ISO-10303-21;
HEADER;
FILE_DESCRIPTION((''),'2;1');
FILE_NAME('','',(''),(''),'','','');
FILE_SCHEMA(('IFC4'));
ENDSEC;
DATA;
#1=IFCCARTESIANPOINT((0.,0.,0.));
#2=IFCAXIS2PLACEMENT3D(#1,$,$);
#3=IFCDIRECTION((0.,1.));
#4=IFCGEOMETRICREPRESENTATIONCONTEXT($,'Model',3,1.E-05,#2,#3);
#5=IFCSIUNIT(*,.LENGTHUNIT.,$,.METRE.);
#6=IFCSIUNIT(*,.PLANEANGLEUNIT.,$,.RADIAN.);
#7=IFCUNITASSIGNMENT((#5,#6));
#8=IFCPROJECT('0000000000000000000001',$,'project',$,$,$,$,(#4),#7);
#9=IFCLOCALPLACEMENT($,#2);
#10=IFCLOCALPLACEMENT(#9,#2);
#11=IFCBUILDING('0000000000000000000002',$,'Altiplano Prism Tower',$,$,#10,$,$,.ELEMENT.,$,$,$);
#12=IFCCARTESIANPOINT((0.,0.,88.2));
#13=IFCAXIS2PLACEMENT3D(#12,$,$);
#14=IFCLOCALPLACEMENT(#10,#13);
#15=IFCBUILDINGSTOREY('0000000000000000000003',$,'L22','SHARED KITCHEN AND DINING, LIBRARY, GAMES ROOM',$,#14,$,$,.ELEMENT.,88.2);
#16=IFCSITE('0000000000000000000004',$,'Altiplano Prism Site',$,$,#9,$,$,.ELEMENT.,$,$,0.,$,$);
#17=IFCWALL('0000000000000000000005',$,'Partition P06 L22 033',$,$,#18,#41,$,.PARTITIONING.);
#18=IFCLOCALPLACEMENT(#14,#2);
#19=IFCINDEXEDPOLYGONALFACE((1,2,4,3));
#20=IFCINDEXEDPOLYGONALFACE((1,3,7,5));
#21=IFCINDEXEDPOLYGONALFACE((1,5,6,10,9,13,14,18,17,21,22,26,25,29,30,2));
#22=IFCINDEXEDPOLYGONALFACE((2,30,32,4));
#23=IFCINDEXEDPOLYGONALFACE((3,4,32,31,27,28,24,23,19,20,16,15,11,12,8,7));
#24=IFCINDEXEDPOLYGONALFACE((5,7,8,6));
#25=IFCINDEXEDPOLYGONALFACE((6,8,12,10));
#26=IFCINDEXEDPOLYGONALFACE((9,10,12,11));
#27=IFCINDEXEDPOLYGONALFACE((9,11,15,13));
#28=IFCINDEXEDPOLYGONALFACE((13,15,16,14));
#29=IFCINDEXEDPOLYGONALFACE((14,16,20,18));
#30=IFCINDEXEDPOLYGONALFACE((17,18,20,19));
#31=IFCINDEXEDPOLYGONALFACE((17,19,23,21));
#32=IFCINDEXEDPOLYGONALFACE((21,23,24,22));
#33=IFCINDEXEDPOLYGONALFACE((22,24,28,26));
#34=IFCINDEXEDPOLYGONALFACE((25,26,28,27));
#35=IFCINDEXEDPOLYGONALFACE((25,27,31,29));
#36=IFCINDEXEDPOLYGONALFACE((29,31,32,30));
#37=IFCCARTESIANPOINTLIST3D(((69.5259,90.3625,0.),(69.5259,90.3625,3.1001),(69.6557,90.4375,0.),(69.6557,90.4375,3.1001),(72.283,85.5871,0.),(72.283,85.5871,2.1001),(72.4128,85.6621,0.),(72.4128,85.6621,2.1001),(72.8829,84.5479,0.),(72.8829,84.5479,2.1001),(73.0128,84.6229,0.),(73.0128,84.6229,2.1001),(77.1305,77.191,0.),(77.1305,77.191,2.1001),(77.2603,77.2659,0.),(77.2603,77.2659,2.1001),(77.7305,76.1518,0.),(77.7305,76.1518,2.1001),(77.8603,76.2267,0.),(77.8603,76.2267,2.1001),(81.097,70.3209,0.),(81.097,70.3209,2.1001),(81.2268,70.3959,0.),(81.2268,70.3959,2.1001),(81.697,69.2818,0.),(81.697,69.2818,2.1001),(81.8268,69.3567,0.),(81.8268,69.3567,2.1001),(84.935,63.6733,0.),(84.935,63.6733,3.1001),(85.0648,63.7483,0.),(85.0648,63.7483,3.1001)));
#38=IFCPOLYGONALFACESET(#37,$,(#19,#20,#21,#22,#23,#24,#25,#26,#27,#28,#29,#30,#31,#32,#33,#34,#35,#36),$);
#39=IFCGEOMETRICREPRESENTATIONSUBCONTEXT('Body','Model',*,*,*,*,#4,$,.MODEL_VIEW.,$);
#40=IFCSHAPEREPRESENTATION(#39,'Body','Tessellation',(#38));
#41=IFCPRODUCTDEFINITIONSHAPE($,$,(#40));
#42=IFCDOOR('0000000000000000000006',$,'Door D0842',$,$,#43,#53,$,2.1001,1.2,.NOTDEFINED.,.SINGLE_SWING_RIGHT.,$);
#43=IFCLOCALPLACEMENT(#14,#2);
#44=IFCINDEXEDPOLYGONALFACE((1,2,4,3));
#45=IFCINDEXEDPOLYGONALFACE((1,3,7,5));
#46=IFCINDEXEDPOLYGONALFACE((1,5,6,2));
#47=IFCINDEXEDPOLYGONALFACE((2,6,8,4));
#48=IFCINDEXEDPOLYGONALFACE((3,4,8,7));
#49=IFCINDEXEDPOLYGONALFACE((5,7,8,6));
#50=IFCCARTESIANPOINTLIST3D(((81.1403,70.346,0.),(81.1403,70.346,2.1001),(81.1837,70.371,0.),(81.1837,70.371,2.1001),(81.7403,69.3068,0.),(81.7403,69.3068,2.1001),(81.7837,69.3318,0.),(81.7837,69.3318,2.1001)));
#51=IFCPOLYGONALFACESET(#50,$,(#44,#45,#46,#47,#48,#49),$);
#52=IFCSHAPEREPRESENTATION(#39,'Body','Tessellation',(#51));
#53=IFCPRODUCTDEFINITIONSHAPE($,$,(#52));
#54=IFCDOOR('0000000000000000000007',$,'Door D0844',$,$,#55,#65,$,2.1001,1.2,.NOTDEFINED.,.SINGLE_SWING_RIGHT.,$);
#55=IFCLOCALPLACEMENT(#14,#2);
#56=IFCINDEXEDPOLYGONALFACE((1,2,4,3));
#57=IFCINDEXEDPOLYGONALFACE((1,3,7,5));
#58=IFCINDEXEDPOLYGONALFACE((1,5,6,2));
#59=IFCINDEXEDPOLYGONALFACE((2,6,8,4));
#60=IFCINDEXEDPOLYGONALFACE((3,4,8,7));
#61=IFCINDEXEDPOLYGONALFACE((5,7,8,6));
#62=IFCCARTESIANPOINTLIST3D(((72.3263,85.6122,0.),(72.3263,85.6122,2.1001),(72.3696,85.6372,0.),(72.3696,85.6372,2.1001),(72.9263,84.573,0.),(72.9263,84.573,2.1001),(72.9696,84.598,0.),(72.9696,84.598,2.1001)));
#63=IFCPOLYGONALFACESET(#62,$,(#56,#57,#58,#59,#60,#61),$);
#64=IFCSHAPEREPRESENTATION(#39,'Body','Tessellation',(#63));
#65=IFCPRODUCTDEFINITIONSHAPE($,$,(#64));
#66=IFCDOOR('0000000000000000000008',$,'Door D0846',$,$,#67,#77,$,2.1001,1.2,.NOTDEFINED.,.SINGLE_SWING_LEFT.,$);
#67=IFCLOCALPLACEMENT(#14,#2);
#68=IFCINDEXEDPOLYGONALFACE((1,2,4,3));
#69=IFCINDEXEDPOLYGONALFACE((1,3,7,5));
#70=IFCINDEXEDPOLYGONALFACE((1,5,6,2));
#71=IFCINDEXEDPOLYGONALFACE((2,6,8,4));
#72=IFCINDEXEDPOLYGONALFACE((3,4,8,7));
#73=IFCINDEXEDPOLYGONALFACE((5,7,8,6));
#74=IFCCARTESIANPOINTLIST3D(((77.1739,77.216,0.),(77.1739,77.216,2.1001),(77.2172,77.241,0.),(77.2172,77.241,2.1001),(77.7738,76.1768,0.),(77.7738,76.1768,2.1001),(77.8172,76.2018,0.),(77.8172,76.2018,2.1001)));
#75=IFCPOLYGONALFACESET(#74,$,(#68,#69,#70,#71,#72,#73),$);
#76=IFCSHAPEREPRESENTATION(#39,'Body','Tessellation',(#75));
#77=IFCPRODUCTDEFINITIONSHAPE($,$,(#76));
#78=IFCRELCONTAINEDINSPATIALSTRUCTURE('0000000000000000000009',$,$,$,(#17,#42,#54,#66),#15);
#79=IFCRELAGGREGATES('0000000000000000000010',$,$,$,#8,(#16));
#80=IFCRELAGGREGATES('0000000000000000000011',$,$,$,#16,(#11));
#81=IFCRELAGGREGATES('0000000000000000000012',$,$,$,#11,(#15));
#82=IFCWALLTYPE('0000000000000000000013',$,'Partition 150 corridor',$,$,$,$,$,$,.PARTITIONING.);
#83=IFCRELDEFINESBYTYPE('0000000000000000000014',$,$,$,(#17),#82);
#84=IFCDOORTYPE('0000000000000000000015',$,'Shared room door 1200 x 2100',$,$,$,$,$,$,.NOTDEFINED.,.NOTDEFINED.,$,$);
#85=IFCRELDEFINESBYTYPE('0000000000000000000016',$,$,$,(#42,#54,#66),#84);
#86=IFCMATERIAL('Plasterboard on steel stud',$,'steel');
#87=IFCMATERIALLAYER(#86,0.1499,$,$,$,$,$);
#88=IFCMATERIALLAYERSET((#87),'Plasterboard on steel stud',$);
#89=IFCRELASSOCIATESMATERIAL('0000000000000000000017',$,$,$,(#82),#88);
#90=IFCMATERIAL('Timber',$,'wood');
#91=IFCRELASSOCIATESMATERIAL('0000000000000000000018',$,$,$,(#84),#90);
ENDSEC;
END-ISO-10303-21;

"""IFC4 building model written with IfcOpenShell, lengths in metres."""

from ifc_helpers import new_model, si_unit, direction, frame, frame_2d, origin, place, context, subcontext, project, spatial, rectangle, extrude, material, layer, layer_set, type_object, element, fill, save


model = new_model("IFC4")

# Units and contexts
model_context = context("Model", 3, precision=1e-05, world=origin(), true_north=direction((0.0, 1.0)))
body_context = subcontext(model_context, "Body", "Model", "MODEL_VIEW")
ifc_project = project(units=[si_unit("LENGTHUNIT", "METRE"), si_unit("PLANEANGLEUNIT", "RADIAN")], contexts=[model_context])

# Site, building, storey
site_placement = place(None, origin())
site = spatial("IfcSite", under=ifc_project, at=site_placement, Name="Altiplano Prism Site", CompositionType="ELEMENT", RefElevation=0.0)
building_placement = place(site_placement, origin())
building = spatial("IfcBuilding", under=site, at=building_placement, Name="Altiplano Prism Tower", CompositionType="ELEMENT")
storey_placement = place(building_placement, frame((0.0, 0.0, 88.2)))
storey = spatial("IfcBuildingStorey", under=building, at=storey_placement, Name="L22", Description="SHARED KITCHEN AND DINING, LIBRARY, GAMES ROOM", CompositionType="ELEMENT", Elevation=88.2)

# Shared definitions
ifc_material_1 = material(Name="Plasterboard on steel stud", Category="steel")
ifc_layer = layer(ifc_material_1, 0.1499)
ifc_layer_set = layer_set([ifc_layer], Name="Plasterboard on steel stud")
wall_type = type_object("IfcWallType", Name="Partition 150 corridor", PredefinedType="PARTITIONING", material=ifc_layer_set)

# Shared definitions
ifc_material_2 = material(Name="Timber", Category="wood")

# Wall, openings, doors
door_type_1 = type_object("IfcDoorType", Name="Shared room door 1200 x 2100", OperationType="NOTDEFINED", PredefinedType="NOTDEFINED", material=ifc_material_2)
wall_1_placement = place(storey_placement, frame((85.0, 63.7107, 0.0), z_axis=(0.0, 0.0, 1.0), x_axis=(-0.500004, 0.866023, 0.0)))
wall_1 = element("IfcWall", 1, at=wall_1_placement, inside=storey, type_object=wall_type, Name="Partition P06 L22 033", PredefinedType="PARTITIONING", context=body_context, shape_type="SweptSolid", body=[
    extrude(rectangle(XDim=30.8181, YDim=0.1499, at=frame_2d((15.4092, 0.0))), origin(), (0.0, 0.0, 1.0), 3.1001),
])
opening_1_placement = place(wall_1_placement, frame((6.4761, 0.0, 0.0)))
opening_1 = element("IfcOpeningElement", 2, at=opening_1_placement, cuts=wall_1, PredefinedType="OPENING", context=body_context, shape_type="SweptSolid", body=[
    extrude(rectangle(XDim=1.2, YDim=2.1001, at=frame_2d((0.6001, 1.05))), frame((0.0, 0.0854, 0.0), z_axis=(0.0, -1.0, 0.0), x_axis=(1.0, 0.0, 0.0)), (0.0, 0.0, 1.0), 0.1709),
])
opening_2_placement = place(wall_1_placement, frame((24.104, 0.0, 0.0)))
opening_2 = element("IfcOpeningElement", 3, at=opening_2_placement, cuts=wall_1, PredefinedType="OPENING", context=body_context, shape_type="SweptSolid", body=[
    extrude(rectangle(XDim=1.2, YDim=2.1001, at=frame_2d((0.6001, 1.05))), frame((0.0, 0.0854, 0.0), z_axis=(0.0, -1.0, 0.0), x_axis=(1.0, 0.0, 0.0)), (0.0, 0.0, 1.0), 0.1709),
])
opening_3_placement = place(wall_1_placement, frame((14.4089, 0.0, 0.0)))
opening_3 = element("IfcOpeningElement", 4, at=opening_3_placement, cuts=wall_1, PredefinedType="OPENING", context=body_context, shape_type="SweptSolid", body=[
    extrude(rectangle(XDim=1.2, YDim=2.1001, at=frame_2d((0.6001, 1.05))), frame((0.0, 0.0854, 0.0), z_axis=(0.0, -1.0, 0.0), x_axis=(1.0, 0.0, 0.0)), (0.0, 0.0, 1.0), 0.1709),
])
door_1_placement = place(opening_1_placement, origin())
door_1 = element("IfcDoor", 5, at=door_1_placement, inside=storey, type_object=door_type_1, Name="Door D0842", OperationType="SINGLE_SWING_RIGHT", OverallHeight=2.1001, OverallWidth=1.2, PredefinedType="NOTDEFINED", context=body_context, shape_type="SweptSolid", body=[
    extrude(rectangle(XDim=1.2, YDim=2.1001, at=frame_2d((0.6001, 1.05))), frame((0.0, 0.0249, 0.0), z_axis=(0.0, -1.0, 0.0), x_axis=(1.0, 0.0, 0.0)), (0.0, 0.0, 1.0), 0.05),
])
fill(opening_1, door_1)
door_2_placement = place(opening_2_placement, origin())
door_2 = element("IfcDoor", 6, at=door_2_placement, inside=storey, type_object=door_type_1, Name="Door D0844", OperationType="SINGLE_SWING_RIGHT", OverallHeight=2.1001, OverallWidth=1.2, PredefinedType="NOTDEFINED", context=body_context, shape_type="SweptSolid", body=[
    extrude(rectangle(XDim=1.2, YDim=2.1001, at=frame_2d((0.6001, 1.05))), frame((0.0, 0.0249, 0.0), z_axis=(0.0, -1.0, 0.0), x_axis=(1.0, 0.0, 0.0)), (0.0, 0.0, 1.0), 0.05),
])
fill(opening_2, door_2)
door_3_placement = place(opening_3_placement, origin())
door_3 = element("IfcDoor", 7, at=door_3_placement, inside=storey, type_object=door_type_1, Name="Door D0846", OperationType="SINGLE_SWING_LEFT", OverallHeight=2.1001, OverallWidth=1.2, PredefinedType="NOTDEFINED", context=body_context, shape_type="SweptSolid", body=[
    extrude(rectangle(XDim=1.2, YDim=2.1001, at=frame_2d((0.6001, 1.05))), frame((0.0, 0.0249, 0.0), z_axis=(0.0, -1.0, 0.0), x_axis=(1.0, 0.0, 0.0)), (0.0, 0.0, 1.0), 0.05),
])
fill(opening_3, door_3)

save(model, "model.ifc")
